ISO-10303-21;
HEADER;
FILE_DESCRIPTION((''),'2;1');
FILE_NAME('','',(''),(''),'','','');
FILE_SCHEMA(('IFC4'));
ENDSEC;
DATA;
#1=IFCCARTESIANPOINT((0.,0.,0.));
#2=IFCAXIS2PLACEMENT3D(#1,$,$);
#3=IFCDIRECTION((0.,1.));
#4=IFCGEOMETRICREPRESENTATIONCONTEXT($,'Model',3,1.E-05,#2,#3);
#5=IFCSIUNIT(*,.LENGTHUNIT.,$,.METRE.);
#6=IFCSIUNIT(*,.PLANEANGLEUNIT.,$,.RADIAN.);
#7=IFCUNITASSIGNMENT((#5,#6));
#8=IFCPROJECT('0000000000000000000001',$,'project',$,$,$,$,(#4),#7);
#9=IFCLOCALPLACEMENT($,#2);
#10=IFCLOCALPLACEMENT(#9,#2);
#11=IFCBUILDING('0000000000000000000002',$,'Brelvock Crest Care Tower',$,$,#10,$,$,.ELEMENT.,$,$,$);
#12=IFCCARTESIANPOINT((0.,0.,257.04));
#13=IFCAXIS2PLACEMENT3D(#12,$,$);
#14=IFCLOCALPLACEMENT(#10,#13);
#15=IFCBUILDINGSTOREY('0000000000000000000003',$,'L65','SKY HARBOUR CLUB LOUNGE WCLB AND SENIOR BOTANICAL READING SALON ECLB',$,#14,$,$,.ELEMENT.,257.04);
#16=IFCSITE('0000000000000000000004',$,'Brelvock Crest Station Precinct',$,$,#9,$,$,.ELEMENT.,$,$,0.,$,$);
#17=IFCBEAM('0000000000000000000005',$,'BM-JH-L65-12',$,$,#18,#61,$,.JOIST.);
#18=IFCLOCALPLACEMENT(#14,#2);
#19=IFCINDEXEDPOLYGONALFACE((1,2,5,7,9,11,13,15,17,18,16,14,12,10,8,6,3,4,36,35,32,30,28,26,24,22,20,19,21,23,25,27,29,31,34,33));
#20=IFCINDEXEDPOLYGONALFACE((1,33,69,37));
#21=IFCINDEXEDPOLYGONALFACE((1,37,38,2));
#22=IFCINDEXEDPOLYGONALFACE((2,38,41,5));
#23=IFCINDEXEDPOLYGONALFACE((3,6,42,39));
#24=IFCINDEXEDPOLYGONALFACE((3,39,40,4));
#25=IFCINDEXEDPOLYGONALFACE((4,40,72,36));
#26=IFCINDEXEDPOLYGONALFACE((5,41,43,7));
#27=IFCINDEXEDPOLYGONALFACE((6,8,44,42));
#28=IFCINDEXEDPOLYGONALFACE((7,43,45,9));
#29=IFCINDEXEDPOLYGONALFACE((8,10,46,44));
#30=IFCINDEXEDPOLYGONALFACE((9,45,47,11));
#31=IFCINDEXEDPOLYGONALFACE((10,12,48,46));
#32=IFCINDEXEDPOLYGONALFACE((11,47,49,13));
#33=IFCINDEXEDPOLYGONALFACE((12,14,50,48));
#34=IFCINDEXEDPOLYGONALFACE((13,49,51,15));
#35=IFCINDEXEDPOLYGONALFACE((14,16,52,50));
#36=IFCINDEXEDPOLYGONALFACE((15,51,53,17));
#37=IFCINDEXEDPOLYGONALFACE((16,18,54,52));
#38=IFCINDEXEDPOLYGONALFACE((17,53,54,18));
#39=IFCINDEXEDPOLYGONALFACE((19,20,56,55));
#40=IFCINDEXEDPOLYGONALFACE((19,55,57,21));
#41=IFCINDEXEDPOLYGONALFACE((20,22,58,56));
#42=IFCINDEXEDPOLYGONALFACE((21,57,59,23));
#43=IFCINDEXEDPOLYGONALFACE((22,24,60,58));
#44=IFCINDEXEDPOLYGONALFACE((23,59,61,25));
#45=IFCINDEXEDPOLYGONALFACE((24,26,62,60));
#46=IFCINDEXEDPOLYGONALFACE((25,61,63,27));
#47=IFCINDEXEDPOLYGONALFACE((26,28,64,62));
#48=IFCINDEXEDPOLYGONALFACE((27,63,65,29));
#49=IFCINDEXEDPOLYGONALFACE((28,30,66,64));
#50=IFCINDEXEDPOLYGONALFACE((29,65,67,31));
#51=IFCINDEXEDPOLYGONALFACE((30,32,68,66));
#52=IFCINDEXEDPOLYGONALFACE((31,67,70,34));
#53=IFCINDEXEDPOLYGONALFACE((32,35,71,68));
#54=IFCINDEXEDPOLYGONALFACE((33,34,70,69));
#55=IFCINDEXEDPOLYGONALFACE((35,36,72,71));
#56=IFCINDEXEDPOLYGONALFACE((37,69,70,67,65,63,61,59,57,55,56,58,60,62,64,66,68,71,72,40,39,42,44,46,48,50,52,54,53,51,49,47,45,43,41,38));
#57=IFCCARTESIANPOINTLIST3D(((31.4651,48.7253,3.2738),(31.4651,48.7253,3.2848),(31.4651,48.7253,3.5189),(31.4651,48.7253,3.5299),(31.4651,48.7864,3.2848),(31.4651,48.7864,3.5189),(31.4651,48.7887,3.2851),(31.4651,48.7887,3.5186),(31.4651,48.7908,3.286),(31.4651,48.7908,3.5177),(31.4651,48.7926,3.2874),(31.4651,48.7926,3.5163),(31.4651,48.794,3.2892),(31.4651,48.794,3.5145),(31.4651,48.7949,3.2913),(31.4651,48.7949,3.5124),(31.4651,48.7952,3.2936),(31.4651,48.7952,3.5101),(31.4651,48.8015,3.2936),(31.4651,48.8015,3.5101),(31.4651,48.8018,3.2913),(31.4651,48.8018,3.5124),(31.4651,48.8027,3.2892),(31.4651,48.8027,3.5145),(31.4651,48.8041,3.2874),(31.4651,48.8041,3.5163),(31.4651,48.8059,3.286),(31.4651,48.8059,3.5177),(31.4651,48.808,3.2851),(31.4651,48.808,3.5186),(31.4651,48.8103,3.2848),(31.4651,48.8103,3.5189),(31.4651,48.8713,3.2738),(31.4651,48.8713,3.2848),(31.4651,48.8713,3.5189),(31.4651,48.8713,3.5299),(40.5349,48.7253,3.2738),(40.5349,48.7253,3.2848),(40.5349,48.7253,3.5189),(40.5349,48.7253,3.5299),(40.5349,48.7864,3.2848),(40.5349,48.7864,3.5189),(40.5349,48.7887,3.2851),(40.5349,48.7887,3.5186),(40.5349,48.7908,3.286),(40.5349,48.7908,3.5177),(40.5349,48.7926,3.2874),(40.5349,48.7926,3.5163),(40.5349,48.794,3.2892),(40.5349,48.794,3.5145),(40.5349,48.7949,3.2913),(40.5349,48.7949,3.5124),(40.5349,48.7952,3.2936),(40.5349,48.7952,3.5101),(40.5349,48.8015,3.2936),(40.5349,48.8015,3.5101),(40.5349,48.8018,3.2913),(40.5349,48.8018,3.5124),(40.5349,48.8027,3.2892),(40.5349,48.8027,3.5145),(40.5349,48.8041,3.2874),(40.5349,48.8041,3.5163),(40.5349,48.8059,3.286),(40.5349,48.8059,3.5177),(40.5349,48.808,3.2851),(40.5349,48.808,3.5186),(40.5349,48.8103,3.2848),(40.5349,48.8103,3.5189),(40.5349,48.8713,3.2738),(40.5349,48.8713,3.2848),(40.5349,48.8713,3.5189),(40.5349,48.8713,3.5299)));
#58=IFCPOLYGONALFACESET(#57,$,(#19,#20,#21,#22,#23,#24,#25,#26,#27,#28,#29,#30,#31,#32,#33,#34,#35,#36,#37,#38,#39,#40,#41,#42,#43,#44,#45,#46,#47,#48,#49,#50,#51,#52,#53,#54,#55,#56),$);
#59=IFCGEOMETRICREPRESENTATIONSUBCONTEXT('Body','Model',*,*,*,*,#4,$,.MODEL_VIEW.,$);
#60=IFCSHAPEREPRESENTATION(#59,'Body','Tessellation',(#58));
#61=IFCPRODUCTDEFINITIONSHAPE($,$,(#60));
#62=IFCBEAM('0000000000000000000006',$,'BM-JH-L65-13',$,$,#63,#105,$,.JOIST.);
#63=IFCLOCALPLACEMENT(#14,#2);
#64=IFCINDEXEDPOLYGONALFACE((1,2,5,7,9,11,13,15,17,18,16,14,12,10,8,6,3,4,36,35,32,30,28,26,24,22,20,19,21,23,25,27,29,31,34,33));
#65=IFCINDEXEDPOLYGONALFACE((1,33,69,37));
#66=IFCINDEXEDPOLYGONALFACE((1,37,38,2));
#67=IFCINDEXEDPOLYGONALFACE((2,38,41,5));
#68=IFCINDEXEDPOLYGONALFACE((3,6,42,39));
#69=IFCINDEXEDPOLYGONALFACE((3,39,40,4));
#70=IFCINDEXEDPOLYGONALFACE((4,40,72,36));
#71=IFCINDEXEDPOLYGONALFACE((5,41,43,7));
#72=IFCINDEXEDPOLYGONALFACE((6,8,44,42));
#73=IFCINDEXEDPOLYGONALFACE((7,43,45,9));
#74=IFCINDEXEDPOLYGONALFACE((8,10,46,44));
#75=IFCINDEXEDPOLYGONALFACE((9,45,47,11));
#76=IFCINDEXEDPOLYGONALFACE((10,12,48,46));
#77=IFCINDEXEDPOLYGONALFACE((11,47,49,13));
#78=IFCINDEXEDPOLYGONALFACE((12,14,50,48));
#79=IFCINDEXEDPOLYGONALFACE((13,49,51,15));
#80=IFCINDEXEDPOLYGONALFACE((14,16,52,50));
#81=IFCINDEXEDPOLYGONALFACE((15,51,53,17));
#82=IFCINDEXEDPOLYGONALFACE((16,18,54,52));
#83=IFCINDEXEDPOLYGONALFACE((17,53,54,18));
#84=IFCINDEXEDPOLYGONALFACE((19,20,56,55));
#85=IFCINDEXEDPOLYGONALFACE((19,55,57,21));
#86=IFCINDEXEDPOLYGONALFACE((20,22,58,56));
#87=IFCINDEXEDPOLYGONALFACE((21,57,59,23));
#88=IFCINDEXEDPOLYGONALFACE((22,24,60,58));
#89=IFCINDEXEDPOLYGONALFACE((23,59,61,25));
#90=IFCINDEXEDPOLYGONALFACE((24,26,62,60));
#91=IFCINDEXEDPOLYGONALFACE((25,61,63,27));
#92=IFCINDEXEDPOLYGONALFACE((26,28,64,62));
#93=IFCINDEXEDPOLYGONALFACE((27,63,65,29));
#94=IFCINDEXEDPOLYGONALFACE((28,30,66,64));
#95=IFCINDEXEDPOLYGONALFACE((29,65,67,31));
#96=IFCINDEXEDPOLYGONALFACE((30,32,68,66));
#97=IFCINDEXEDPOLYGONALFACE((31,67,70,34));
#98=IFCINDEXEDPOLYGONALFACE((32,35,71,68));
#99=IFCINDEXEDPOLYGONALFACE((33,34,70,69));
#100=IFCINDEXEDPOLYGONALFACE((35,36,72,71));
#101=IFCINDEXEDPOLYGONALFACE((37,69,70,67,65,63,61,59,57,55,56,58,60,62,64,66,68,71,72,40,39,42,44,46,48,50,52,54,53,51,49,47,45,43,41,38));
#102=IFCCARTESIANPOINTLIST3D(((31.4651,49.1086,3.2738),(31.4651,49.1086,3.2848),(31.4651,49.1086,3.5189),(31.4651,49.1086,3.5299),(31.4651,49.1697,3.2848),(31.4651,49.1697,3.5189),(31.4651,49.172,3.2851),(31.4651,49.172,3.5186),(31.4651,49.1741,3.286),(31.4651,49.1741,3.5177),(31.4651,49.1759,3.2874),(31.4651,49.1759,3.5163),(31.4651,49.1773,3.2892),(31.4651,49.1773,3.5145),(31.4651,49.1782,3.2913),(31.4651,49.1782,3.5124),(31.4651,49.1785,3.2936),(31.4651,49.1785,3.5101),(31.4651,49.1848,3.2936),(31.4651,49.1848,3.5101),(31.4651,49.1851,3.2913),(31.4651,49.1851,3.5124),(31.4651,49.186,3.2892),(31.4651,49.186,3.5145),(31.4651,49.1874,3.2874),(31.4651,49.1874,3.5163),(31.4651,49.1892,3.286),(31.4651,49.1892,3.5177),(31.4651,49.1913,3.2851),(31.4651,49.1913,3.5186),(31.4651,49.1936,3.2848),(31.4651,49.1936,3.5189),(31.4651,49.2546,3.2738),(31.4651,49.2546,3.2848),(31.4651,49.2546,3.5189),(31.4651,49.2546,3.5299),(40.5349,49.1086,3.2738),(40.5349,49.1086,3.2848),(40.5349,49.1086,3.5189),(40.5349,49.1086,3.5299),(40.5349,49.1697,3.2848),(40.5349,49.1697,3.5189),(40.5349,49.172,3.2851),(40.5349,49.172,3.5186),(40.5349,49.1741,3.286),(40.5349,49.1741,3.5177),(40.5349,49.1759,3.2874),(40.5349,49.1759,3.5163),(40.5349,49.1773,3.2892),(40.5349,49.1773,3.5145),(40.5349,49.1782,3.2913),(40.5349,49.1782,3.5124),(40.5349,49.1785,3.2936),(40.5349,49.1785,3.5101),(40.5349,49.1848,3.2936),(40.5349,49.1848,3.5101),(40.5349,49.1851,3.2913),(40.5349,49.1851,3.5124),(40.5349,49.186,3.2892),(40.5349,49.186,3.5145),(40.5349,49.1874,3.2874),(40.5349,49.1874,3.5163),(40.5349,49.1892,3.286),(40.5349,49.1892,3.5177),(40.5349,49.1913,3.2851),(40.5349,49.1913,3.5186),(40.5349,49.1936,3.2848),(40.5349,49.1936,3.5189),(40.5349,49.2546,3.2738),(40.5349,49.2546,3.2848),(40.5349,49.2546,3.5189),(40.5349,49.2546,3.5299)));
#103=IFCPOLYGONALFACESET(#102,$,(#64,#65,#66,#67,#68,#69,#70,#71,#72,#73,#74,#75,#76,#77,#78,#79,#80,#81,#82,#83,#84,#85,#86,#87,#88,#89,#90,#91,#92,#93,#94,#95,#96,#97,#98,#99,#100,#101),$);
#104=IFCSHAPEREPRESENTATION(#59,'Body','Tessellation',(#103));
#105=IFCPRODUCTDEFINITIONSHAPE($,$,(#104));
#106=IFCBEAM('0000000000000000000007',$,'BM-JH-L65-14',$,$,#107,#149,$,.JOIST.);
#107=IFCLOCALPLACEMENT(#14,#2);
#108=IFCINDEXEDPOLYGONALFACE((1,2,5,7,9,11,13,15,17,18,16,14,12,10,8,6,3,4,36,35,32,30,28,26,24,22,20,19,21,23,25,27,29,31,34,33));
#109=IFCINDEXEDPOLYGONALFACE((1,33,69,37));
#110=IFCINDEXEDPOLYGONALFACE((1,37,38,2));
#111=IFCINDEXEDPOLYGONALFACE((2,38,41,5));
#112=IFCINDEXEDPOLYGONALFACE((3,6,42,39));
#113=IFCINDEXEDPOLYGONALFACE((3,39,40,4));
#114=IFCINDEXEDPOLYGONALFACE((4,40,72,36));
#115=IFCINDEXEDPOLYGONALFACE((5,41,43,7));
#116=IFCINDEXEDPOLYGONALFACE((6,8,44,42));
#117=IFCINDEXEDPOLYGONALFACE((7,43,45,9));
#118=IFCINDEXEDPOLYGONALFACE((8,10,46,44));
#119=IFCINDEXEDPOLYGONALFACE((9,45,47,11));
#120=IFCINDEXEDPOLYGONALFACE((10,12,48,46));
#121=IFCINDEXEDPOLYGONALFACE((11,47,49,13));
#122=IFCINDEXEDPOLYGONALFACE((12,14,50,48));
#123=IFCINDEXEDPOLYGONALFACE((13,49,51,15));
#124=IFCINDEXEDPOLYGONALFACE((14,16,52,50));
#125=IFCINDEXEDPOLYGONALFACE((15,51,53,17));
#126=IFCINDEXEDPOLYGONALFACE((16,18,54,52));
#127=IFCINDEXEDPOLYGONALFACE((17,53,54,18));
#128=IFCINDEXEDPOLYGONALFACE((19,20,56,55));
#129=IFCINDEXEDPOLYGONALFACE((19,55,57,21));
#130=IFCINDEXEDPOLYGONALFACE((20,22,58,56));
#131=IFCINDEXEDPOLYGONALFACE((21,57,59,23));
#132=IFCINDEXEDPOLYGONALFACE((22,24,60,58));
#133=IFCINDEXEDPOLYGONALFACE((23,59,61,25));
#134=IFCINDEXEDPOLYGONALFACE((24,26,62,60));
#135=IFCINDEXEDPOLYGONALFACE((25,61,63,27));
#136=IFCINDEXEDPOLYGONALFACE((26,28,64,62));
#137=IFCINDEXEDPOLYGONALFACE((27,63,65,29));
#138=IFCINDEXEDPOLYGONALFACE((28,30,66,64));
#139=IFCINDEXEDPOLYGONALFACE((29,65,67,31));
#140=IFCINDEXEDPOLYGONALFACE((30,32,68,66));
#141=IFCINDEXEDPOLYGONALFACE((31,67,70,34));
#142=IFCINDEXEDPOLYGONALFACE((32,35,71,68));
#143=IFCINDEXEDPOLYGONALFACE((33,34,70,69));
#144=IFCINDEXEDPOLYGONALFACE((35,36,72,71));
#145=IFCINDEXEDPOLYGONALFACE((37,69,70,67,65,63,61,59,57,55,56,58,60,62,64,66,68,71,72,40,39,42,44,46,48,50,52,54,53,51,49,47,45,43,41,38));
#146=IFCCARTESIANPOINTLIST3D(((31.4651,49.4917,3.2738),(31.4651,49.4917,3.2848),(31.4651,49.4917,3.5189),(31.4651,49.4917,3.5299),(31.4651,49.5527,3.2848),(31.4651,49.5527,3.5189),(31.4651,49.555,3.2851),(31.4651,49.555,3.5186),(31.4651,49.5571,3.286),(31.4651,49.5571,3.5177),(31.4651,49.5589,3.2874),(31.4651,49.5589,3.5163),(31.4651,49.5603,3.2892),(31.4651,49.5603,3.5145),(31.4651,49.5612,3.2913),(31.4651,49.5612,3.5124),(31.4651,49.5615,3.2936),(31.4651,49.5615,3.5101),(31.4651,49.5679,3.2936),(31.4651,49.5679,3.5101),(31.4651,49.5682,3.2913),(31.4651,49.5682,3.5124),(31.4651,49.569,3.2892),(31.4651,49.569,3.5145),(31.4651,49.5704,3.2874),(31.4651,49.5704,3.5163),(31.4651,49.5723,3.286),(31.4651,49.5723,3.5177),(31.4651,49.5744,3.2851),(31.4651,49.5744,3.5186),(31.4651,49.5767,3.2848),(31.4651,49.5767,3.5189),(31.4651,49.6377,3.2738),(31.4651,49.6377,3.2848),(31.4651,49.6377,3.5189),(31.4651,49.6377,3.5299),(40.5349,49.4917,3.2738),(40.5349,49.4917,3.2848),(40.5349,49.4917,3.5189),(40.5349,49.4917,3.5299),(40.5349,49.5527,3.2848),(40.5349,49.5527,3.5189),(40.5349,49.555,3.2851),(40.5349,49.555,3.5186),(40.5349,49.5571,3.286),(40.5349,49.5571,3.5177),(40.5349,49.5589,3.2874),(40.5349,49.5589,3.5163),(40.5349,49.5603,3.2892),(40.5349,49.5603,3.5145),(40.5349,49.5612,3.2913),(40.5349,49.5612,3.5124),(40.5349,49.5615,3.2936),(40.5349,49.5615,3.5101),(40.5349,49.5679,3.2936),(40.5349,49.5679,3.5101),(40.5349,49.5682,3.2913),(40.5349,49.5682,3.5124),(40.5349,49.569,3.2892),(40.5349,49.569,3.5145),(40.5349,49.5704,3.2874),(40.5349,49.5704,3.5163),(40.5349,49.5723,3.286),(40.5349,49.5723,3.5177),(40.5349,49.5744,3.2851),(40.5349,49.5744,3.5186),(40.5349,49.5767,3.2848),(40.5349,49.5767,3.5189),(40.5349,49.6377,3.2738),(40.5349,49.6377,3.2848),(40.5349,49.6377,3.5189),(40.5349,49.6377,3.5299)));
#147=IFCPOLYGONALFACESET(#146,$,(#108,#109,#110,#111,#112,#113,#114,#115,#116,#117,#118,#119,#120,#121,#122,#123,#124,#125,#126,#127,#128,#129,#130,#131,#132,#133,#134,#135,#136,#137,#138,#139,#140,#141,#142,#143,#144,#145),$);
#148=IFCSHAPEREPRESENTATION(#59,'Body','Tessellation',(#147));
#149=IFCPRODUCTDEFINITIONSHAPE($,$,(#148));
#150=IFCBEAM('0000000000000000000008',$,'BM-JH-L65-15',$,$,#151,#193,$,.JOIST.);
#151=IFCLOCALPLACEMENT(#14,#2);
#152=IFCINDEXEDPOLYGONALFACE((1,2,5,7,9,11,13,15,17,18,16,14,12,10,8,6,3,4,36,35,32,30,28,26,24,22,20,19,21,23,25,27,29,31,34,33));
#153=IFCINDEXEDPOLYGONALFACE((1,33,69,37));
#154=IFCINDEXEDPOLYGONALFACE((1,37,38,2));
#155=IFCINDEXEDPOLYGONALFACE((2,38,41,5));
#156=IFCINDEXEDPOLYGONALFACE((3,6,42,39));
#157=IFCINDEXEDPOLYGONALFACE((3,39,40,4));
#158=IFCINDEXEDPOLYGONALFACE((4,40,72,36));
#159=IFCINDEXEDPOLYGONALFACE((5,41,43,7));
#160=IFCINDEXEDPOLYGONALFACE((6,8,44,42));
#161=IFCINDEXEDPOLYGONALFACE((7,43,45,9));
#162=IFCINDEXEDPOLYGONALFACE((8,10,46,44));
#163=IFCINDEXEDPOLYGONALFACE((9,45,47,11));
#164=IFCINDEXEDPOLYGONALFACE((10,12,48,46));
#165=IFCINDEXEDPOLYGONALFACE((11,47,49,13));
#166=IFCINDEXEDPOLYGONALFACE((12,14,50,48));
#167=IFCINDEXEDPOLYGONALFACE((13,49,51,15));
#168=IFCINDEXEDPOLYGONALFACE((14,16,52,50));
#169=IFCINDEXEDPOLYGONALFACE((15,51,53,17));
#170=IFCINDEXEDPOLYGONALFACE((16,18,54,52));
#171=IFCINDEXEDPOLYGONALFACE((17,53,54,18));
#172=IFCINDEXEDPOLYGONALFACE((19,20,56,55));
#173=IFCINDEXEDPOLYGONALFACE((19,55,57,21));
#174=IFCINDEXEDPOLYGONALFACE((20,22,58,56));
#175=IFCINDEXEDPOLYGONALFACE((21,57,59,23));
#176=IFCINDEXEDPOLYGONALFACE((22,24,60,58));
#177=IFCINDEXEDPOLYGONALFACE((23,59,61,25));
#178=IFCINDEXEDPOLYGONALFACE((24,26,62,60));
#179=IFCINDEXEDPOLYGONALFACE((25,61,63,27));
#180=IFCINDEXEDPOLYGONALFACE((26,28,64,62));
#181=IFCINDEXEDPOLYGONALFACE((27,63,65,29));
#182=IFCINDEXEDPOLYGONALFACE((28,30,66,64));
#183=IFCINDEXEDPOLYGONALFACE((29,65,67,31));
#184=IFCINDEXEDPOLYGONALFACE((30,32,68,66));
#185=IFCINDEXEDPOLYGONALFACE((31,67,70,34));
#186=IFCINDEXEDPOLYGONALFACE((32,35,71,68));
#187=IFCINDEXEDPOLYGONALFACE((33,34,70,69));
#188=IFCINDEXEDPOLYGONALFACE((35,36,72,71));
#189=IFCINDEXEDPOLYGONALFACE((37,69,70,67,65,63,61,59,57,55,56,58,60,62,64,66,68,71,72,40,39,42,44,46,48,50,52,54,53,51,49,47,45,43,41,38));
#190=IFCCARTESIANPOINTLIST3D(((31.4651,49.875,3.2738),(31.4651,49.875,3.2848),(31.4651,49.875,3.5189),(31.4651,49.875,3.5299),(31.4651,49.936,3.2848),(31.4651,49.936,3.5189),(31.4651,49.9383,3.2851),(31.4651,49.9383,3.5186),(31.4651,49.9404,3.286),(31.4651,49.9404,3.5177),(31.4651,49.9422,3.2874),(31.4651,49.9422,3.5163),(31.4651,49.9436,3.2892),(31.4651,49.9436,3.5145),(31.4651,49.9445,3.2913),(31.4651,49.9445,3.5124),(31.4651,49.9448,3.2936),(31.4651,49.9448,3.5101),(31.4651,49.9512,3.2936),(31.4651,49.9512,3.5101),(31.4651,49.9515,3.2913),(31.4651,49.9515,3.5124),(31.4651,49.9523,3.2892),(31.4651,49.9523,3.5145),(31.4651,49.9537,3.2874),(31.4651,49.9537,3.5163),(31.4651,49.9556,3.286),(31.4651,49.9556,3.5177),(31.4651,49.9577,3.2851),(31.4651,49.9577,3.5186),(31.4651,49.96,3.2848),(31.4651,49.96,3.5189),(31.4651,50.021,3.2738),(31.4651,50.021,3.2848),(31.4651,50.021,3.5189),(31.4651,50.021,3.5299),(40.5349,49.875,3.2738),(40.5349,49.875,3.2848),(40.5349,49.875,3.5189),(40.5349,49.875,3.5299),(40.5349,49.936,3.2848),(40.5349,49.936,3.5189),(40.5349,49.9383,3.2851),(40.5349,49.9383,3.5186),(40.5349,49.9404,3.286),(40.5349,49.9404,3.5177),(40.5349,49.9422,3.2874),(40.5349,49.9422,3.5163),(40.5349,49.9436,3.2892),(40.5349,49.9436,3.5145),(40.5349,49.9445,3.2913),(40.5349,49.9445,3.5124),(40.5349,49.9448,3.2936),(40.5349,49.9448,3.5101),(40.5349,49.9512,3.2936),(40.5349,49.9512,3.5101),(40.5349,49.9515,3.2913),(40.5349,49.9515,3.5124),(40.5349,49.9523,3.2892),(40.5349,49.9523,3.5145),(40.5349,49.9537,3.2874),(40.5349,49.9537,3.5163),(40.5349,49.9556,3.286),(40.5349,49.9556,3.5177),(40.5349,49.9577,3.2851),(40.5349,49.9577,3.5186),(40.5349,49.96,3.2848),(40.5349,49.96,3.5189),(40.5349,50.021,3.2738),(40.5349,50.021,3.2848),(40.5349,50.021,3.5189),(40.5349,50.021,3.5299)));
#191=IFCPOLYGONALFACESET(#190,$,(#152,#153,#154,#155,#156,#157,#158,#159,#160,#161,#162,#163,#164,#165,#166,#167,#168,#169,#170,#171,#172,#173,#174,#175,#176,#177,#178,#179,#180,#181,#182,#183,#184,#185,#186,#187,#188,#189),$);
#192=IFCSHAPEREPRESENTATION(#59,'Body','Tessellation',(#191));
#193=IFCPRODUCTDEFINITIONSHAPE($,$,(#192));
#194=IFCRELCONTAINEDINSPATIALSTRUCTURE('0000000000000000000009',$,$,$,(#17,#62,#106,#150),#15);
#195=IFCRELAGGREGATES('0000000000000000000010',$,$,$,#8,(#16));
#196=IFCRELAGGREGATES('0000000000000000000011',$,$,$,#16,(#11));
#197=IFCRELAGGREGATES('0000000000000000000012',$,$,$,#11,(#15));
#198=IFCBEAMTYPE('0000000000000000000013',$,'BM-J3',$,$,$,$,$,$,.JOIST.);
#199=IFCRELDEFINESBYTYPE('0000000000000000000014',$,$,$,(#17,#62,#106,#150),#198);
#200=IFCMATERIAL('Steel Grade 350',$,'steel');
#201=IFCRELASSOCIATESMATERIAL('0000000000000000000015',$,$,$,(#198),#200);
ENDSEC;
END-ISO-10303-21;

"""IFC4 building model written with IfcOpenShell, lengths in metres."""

from ifc_helpers import new_model, si_unit, direction, frame, origin, origin_2d, place, context, subcontext, project, spatial, i_section, extrude, source, transform, mapped, material, material_profile, profile_set, type_object, element, save


model = new_model("IFC4")

# Units and contexts
model_context = context("Model", 3, precision=1e-05, world=origin(), true_north=direction((0.0, 1.0)))
body_context = subcontext(model_context, "Body", "Model", "MODEL_VIEW")
ifc_project = project(units=[si_unit("LENGTHUNIT", "METRE"), si_unit("PLANEANGLEUNIT", "RADIAN")], contexts=[model_context])

# Site, building, storey
site_placement = place(None, origin())
site = spatial("IfcSite", under=ifc_project, at=site_placement, Name="Brelvock Crest Station Precinct", CompositionType="ELEMENT", RefElevation=0.0)
building_placement = place(site_placement, origin())
building = spatial("IfcBuilding", under=site, at=building_placement, Name="Brelvock Crest Care Tower", CompositionType="ELEMENT")
storey_placement = place(building_placement, frame((0.0, 0.0, 257.04)))
storey = spatial("IfcBuildingStorey", under=building, at=storey_placement, Name="L65", Description="SKY HARBOUR CLUB LOUNGE WCLB AND SENIOR BOTANICAL READING SALON ECLB", CompositionType="ELEMENT", Elevation=257.04)

# Beams
ifc_material = material(Name="Steel Grade 350", Category="steel")
ifc_material_profile_1 = material_profile(ifc_material, i_section(OverallWidth=0.146, OverallDepth=0.2561, WebThickness=0.0063, FlangeThickness=0.011, FilletRadius=0.0088, at=origin_2d()), Name="250UB37.3")
ifc_profile_set_1 = profile_set([ifc_material_profile_1], Name="Steel Grade 350")
beam_type_1 = type_object("IfcBeamType", Name="BM-J3", PredefinedType="JOIST", material=ifc_profile_set_1)
shared_shape_1 = source(origin(), body_context, "Body", "SweptSolid", [
    extrude(i_section(OverallWidth=0.146, OverallDepth=0.2561, WebThickness=0.0063, FlangeThickness=0.011, FilletRadius=0.0088, at=origin_2d()), origin(), (0.0, 0.0, 1.0), 9.0698),
])
for number, where, z_axis, x_axis, name in (
    (1, (31.4651, 48.7983, 3.4019), (1.0, 0.0, 0.0), (0.0, 1.0, 0.0), "BM-JH-L65-12"),
    (2, (31.4651, 49.1816, 3.4019), (1.0, 0.0, 0.0), (0.0, 1.0, 0.0), "BM-JH-L65-13"),
    (3, (31.4651, 49.5647, 3.4019), (1.0, 0.0, 0.0), (0.0, 1.0, 0.0), "BM-JH-L65-14"),
    (4, (31.4651, 49.948, 3.4019), (1.0, 0.0, 0.0), (0.0, 1.0, 0.0), "BM-JH-L65-15"),
):
    element("IfcBeam", number, at=place(storey_placement, frame(where, z_axis=z_axis, x_axis=x_axis)), inside=storey, type_object=beam_type_1, Name=name, PredefinedType="JOIST", context=body_context, shape_type="MappedRepresentation", body=[
        mapped(shared_shape_1, transform((0.0, 0.0, 0.0), x_axis=(1.0, 0.0, 0.0), y_axis=(0.0, 1.0, 0.0), z_axis=(0.0, 0.0, 1.0), scale=1.0)),
    ])

save(model, "model.ifc")
